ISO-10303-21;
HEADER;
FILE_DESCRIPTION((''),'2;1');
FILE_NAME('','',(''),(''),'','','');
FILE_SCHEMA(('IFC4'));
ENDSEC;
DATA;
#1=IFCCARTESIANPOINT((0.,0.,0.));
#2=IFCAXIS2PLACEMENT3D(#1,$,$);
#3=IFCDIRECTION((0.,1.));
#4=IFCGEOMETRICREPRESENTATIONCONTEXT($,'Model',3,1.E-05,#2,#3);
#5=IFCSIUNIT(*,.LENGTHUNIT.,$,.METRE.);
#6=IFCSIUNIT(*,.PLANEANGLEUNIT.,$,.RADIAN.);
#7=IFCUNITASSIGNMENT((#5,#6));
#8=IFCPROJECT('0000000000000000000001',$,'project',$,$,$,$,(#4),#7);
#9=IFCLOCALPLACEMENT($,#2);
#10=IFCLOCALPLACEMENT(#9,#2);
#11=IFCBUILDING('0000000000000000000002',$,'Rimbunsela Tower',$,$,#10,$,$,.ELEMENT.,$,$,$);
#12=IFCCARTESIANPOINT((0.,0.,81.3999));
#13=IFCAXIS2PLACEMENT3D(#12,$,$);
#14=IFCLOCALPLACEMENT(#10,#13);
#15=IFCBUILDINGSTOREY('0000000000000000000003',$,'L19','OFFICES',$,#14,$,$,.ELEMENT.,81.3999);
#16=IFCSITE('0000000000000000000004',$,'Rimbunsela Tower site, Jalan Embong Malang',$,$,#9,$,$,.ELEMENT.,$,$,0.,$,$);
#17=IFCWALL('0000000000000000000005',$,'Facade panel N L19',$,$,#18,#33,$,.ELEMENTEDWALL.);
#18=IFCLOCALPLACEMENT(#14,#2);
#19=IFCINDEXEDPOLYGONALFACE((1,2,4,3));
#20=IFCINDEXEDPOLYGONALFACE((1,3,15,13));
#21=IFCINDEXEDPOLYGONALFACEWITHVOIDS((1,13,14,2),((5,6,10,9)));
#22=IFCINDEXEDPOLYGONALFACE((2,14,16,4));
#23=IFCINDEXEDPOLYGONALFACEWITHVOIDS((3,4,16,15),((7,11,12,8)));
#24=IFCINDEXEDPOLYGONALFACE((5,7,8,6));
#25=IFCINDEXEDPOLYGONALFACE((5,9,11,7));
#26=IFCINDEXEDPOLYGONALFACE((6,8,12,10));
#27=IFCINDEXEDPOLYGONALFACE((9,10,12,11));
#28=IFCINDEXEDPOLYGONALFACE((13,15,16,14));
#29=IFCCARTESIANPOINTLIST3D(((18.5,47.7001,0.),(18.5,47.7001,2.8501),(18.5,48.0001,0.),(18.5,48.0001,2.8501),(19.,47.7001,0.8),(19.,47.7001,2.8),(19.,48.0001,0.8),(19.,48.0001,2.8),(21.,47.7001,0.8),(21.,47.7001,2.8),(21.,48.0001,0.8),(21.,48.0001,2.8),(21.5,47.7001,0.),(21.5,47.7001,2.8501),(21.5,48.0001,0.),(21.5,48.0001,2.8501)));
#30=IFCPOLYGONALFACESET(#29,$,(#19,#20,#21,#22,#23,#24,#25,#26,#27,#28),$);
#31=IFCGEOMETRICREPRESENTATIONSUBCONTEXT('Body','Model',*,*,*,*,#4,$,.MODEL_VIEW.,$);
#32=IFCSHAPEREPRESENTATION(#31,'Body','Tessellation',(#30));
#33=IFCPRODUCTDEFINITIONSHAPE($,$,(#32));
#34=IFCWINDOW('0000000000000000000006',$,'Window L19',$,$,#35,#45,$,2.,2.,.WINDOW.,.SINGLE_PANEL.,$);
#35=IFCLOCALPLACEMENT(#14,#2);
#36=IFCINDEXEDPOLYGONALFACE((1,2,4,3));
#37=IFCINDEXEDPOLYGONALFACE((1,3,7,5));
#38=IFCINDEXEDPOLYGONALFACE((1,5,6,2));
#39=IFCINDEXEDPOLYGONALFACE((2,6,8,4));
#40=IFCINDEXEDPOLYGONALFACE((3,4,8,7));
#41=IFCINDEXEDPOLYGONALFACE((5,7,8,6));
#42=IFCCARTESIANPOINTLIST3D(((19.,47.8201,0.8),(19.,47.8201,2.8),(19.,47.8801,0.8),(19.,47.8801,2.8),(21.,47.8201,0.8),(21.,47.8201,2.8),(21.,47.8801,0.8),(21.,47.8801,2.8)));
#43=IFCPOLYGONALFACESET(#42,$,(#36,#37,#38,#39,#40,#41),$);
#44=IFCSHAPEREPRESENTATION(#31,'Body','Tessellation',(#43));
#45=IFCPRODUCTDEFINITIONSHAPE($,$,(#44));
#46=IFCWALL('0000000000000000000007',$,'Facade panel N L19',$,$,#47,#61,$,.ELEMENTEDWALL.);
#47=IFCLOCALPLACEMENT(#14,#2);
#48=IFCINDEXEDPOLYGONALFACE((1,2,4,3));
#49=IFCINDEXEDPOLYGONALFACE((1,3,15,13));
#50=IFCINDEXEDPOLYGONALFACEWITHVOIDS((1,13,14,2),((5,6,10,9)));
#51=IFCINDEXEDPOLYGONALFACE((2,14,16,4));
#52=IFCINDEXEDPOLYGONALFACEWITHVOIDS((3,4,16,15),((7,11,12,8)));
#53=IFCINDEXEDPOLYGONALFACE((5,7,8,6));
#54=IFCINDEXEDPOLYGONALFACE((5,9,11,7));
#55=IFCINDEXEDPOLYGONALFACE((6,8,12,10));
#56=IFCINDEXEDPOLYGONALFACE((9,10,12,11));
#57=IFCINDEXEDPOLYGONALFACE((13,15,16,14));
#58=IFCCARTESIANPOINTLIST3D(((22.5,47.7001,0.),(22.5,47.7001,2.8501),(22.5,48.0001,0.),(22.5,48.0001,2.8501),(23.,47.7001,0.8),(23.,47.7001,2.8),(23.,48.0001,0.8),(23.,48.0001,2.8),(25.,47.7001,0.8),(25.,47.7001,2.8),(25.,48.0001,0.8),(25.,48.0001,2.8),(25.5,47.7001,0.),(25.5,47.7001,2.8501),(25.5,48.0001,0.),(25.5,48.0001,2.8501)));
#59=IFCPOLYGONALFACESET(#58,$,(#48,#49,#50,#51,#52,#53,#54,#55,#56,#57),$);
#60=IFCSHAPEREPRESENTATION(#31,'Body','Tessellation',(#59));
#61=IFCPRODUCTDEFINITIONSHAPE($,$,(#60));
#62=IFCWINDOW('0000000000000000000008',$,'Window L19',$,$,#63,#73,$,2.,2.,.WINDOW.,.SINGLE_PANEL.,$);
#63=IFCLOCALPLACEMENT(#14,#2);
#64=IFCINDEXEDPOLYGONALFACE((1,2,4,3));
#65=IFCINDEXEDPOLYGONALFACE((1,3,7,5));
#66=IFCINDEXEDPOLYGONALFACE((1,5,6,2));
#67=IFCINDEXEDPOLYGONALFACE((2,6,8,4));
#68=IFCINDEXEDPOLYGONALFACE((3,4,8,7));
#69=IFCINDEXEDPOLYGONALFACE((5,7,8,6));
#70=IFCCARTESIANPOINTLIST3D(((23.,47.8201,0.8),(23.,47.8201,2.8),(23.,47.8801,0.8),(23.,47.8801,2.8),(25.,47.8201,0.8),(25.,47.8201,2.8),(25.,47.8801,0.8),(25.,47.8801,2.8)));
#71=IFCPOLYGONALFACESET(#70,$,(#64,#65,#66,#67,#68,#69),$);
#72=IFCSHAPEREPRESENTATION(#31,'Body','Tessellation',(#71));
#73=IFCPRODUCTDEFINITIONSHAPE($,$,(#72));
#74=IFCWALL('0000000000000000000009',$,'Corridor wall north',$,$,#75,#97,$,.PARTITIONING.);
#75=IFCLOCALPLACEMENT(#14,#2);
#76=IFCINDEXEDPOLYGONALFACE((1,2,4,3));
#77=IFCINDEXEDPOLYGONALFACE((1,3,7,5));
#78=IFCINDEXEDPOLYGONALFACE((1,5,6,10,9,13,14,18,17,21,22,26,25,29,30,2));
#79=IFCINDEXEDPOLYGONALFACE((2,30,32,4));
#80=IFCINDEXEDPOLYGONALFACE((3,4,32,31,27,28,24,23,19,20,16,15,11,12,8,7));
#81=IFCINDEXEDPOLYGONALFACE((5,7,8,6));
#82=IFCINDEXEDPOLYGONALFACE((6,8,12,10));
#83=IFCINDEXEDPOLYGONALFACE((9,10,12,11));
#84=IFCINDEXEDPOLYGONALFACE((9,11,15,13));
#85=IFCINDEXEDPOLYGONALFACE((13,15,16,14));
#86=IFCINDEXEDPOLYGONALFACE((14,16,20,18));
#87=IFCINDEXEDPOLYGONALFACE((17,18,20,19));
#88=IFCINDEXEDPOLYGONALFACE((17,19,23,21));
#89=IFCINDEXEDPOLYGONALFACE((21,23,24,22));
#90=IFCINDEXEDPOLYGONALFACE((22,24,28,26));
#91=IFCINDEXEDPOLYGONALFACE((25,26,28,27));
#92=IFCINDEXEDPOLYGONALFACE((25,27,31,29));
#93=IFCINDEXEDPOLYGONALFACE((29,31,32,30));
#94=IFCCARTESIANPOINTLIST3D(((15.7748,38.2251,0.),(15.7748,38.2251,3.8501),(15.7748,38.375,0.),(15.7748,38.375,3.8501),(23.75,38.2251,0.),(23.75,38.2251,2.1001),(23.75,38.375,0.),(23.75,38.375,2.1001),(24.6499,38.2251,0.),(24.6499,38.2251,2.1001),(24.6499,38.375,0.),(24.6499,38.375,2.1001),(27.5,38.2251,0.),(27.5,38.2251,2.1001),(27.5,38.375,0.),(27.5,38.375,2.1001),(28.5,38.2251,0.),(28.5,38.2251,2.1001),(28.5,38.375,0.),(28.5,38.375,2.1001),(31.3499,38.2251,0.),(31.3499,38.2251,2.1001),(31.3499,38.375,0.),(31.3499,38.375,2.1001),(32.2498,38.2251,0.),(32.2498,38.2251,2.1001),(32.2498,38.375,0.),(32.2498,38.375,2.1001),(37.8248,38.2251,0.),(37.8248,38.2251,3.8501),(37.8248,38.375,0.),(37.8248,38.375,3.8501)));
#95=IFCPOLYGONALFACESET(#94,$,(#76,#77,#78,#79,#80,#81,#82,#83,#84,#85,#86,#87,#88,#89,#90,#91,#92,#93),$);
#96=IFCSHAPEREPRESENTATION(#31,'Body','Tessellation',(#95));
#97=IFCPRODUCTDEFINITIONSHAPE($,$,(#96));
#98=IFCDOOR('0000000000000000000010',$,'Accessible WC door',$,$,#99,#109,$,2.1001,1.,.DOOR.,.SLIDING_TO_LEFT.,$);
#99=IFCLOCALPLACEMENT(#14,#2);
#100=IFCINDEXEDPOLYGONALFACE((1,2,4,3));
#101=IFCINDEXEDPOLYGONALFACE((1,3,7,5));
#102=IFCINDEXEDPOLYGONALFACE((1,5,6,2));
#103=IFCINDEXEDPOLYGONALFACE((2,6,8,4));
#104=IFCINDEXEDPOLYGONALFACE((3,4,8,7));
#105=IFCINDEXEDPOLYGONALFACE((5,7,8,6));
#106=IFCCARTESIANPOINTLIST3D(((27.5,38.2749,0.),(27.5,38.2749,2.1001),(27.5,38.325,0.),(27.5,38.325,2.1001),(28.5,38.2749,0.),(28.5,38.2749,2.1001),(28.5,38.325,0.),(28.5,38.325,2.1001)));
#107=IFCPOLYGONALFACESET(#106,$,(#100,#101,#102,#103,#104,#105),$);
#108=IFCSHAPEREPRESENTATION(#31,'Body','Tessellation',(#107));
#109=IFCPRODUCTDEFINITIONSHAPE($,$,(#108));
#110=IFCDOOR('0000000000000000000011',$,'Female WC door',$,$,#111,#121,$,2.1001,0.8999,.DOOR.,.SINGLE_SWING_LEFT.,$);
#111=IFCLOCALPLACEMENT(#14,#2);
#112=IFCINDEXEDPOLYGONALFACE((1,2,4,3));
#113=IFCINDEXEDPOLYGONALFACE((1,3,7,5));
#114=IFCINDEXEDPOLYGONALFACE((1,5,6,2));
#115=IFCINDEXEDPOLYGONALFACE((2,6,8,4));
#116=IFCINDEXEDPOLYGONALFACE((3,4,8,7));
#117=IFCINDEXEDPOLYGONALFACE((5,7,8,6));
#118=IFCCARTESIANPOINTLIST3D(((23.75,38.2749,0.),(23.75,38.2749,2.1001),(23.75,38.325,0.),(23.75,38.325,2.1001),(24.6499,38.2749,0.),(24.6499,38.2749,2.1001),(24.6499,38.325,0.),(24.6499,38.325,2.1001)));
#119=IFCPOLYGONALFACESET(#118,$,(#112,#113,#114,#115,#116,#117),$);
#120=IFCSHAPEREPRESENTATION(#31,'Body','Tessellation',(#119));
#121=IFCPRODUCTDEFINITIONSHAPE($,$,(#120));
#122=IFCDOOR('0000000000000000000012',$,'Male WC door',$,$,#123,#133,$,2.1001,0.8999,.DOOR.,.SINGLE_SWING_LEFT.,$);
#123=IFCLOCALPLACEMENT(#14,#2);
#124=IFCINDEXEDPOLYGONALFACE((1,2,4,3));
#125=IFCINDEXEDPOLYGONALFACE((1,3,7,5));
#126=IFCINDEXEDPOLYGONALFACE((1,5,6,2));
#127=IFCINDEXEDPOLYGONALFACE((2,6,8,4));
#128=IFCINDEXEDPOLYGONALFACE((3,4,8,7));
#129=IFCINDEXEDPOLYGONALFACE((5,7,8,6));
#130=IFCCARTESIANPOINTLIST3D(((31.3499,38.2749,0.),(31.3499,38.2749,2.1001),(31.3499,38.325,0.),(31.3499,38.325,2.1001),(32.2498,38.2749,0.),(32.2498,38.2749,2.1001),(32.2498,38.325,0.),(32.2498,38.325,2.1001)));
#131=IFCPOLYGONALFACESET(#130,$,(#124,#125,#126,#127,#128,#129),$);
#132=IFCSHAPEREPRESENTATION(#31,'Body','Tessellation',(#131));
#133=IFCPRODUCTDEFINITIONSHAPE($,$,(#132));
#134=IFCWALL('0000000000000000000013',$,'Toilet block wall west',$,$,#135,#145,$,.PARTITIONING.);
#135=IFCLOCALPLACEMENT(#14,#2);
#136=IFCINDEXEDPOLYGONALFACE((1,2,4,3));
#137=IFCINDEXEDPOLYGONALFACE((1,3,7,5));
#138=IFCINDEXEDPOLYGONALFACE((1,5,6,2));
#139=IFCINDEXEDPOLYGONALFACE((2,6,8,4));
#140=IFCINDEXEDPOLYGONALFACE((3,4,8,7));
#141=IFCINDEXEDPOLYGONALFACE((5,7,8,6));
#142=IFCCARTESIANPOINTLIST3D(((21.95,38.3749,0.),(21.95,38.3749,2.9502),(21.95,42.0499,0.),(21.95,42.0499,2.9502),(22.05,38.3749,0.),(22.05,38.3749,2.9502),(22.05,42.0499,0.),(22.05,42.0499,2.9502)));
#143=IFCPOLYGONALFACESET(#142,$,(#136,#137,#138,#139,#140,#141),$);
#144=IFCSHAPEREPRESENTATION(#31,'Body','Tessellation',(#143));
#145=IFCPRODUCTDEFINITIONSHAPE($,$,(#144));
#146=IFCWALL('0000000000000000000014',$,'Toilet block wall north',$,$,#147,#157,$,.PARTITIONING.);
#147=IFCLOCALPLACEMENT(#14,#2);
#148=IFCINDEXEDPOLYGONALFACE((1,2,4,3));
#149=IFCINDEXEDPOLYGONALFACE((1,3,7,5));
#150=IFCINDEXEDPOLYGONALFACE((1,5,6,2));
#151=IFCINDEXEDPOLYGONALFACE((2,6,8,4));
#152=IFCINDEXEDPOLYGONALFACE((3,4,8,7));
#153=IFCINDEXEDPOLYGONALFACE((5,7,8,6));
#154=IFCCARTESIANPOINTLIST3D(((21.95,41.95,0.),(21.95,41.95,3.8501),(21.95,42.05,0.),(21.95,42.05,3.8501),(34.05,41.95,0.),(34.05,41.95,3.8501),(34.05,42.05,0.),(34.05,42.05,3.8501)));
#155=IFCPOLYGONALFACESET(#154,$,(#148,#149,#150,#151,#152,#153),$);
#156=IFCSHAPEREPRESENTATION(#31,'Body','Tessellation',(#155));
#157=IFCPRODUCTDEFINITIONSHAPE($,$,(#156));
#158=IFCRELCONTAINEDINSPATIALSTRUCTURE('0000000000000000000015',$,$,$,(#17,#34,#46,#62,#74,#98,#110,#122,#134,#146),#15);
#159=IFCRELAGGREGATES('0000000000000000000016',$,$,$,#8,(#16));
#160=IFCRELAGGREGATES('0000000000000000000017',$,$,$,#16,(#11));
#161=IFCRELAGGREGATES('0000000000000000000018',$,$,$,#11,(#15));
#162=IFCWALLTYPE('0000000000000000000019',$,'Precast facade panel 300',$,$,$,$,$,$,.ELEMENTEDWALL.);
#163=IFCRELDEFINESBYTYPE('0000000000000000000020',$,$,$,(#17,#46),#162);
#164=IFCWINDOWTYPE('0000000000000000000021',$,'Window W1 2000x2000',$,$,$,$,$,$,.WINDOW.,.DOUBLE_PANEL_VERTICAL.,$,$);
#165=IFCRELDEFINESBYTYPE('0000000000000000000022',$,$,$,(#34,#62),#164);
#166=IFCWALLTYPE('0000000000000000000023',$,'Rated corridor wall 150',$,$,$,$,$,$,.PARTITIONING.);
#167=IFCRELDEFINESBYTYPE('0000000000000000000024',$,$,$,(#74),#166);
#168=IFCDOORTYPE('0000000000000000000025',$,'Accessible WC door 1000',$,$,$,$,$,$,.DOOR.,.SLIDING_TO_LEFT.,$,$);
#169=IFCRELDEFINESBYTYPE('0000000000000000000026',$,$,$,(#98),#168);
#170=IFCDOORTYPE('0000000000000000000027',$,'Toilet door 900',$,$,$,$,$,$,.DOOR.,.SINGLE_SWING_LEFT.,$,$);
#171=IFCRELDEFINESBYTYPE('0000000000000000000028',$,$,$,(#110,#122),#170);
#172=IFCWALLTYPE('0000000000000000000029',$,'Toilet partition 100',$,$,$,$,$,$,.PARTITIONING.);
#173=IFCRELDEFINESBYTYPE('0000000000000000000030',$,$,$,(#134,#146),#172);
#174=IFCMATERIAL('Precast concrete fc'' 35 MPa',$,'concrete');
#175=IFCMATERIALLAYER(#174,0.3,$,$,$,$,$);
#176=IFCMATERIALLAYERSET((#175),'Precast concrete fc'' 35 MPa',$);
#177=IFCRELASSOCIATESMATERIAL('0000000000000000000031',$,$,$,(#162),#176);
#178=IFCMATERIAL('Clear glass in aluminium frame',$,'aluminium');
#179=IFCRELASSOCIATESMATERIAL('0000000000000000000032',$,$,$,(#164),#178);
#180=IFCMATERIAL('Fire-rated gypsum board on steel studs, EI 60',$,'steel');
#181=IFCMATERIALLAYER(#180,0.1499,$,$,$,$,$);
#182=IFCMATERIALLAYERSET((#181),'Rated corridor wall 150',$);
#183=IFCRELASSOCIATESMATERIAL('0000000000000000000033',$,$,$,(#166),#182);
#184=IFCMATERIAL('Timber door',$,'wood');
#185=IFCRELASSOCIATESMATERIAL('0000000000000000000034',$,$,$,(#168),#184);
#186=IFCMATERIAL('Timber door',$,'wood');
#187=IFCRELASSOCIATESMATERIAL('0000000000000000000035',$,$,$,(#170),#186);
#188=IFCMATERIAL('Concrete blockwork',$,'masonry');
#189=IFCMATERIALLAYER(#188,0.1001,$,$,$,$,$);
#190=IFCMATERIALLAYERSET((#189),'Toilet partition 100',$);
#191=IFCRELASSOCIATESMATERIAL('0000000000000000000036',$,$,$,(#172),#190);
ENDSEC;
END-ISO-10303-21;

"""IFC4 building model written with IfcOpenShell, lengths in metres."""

from ifc_helpers import new_model, si_unit, direction, frame, frame_2d, origin, place, context, subcontext, project, spatial, rectangle, extrude, material, layer, layer_set, type_object, element, fill, save


model = new_model("IFC4")

# Units and contexts
model_context = context("Model", 3, precision=1e-05, world=origin(), true_north=direction((0.0, 1.0)))
body_context = subcontext(model_context, "Body", "Model", "MODEL_VIEW")
ifc_project = project(units=[si_unit("LENGTHUNIT", "METRE"), si_unit("PLANEANGLEUNIT", "RADIAN")], contexts=[model_context])

# Site, building, storey
site_placement = place(None, origin())
site = spatial("IfcSite", under=ifc_project, at=site_placement, Name="Rimbunsela Tower site, Jalan Embong Malang", CompositionType="ELEMENT", RefElevation=0.0)
building_placement = place(site_placement, origin())
building = spatial("IfcBuilding", under=site, at=building_placement, Name="Rimbunsela Tower", CompositionType="ELEMENT")
storey_placement = place(building_placement, frame((0.0, 0.0, 81.3999)))
storey = spatial("IfcBuildingStorey", under=building, at=storey_placement, Name="L19", Description="OFFICES", CompositionType="ELEMENT", Elevation=81.3999)

# Walls, openings, windows
ifc_material_1 = material(Name="Precast concrete fc' 35 MPa", Category="concrete")
ifc_layer_1 = layer(ifc_material_1, 0.3)
ifc_layer_set_1 = layer_set([ifc_layer_1], Name="Precast concrete fc' 35 MPa")
wall_type_1 = type_object("IfcWallType", Name="Precast facade panel 300", PredefinedType="ELEMENTEDWALL", material=ifc_layer_set_1)
ifc_material_2 = material(Name="Clear glass in aluminium frame", Category="aluminium")
window_type = type_object("IfcWindowType", Name="Window W1 2000x2000", PartitioningType="DOUBLE_PANEL_VERTICAL", PredefinedType="WINDOW", material=ifc_material_2)
wall_1_placement = place(storey_placement, frame((21.5, 47.8501, 0.0), z_axis=(0.0, 0.0, 1.0), x_axis=(-1.0, 0.0, 0.0)))
wall_1 = element("IfcWall", 1, at=wall_1_placement, inside=storey, type_object=wall_type_1, Name="Facade panel N L19", PredefinedType="ELEMENTEDWALL", context=body_context, shape_type="SweptSolid", body=[
    extrude(rectangle(XDim=3.0, YDim=0.3, at=frame_2d((1.5, 0.0))), origin(), (0.0, 0.0, 1.0), 2.8501),
])
opening_1_placement = place(wall_1_placement, frame((0.5, 0.0, 0.8)))
opening_1 = element("IfcOpeningElement", 2, at=opening_1_placement, cuts=wall_1, PredefinedType="OPENING", context=body_context, shape_type="SweptSolid", body=[
    extrude(rectangle(XDim=2.0, YDim=2.0, at=frame_2d((1.0, 1.0))), frame((0.0, 0.1599, 0.0), z_axis=(0.0, -1.0, 0.0), x_axis=(1.0, 0.0, 0.0)), (0.0, 0.0, 1.0), 0.3201),
])
window_1_placement = place(opening_1_placement, origin())
window_1 = element("IfcWindow", 3, at=window_1_placement, inside=storey, type_object=window_type, Name="Window L19", OverallHeight=2.0, OverallWidth=2.0, PartitioningType="SINGLE_PANEL", PredefinedType="WINDOW", context=body_context, shape_type="SweptSolid", body=[
    extrude(rectangle(XDim=2.0, YDim=2.0, at=frame_2d((1.0, 1.0))), frame((0.0, 0.03, 0.0), z_axis=(0.0, -1.0, 0.0), x_axis=(1.0, 0.0, 0.0)), (0.0, 0.0, 1.0), 0.0601),
])
fill(opening_1, window_1)
wall_2_placement = place(storey_placement, frame((25.5, 47.8501, 0.0), z_axis=(0.0, 0.0, 1.0), x_axis=(-1.0, 0.0, 0.0)))
wall_2 = element("IfcWall", 4, at=wall_2_placement, inside=storey, type_object=wall_type_1, Name="Facade panel N L19", PredefinedType="ELEMENTEDWALL", context=body_context, shape_type="SweptSolid", body=[
    extrude(rectangle(XDim=3.0, YDim=0.3, at=frame_2d((1.5, 0.0))), origin(), (0.0, 0.0, 1.0), 2.8501),
])
opening_2_placement = place(wall_2_placement, frame((0.5, 0.0, 0.8)))
opening_2 = element("IfcOpeningElement", 5, at=opening_2_placement, cuts=wall_2, PredefinedType="OPENING", context=body_context, shape_type="SweptSolid", body=[
    extrude(rectangle(XDim=2.0, YDim=2.0, at=frame_2d((1.0, 1.0))), frame((0.0, 0.1599, 0.0), z_axis=(0.0, -1.0, 0.0), x_axis=(1.0, 0.0, 0.0)), (0.0, 0.0, 1.0), 0.3201),
])
window_2_placement = place(opening_2_placement, origin())
window_2 = element("IfcWindow", 6, at=window_2_placement, inside=storey, type_object=window_type, Name="Window L19", OverallHeight=2.0, OverallWidth=2.0, PartitioningType="SINGLE_PANEL", PredefinedType="WINDOW", context=body_context, shape_type="SweptSolid", body=[
    extrude(rectangle(XDim=2.0, YDim=2.0, at=frame_2d((1.0, 1.0))), frame((0.0, 0.03, 0.0), z_axis=(0.0, -1.0, 0.0), x_axis=(1.0, 0.0, 0.0)), (0.0, 0.0, 1.0), 0.0601),
])
fill(opening_2, window_2)

# Wall, openings, doors
ifc_material_3 = material(Name="Fire-rated gypsum board on steel studs, EI 60", Category="steel")
ifc_layer_2 = layer(ifc_material_3, 0.1499)
ifc_layer_set_2 = layer_set([ifc_layer_2], Name="Rated corridor wall 150")
wall_type_2 = type_object("IfcWallType", Name="Rated corridor wall 150", PredefinedType="PARTITIONING", material=ifc_layer_set_2)
wall_3_placement = place(storey_placement, frame((15.7749, 38.3, 0.0), z_axis=(0.0, 0.0, 1.0), x_axis=(1.0, 0.0, 0.0)))
wall_3 = element("IfcWall", 7, at=wall_3_placement, inside=storey, type_object=wall_type_2, Name="Corridor wall north", PredefinedType="PARTITIONING", context=body_context, shape_type="SweptSolid", body=[
    extrude(rectangle(XDim=22.05, YDim=0.1499, at=frame_2d((11.0249, 0.0))), origin(), (0.0, 0.0, 1.0), 3.8501),
])
opening_3_placement = place(wall_3_placement, frame((7.9751, 0.0, 0.0)))
opening_3 = element("IfcOpeningElement", 8, at=opening_3_placement, cuts=wall_3, PredefinedType="OPENING", context=body_context, shape_type="SweptSolid", body=[
    extrude(rectangle(XDim=0.8999, YDim=2.1001, at=frame_2d((0.45, 1.05))), frame((0.0, 0.085, 0.0), z_axis=(0.0, -1.0, 0.0), x_axis=(1.0, 0.0, 0.0)), (0.0, 0.0, 1.0), 0.1699),
])
opening_4_placement = place(wall_3_placement, frame((11.7251, 0.0, 0.0)))
opening_4 = element("IfcOpeningElement", 9, at=opening_4_placement, cuts=wall_3, PredefinedType="OPENING", context=body_context, shape_type="SweptSolid", body=[
    extrude(rectangle(XDim=1.0, YDim=2.1001, at=frame_2d((0.5, 1.05))), frame((0.0, 0.085, 0.0), z_axis=(0.0, -1.0, 0.0), x_axis=(1.0, 0.0, 0.0)), (0.0, 0.0, 1.0), 0.1699),
])
opening_5_placement = place(wall_3_placement, frame((15.575, 0.0, 0.0)))
opening_5 = element("IfcOpeningElement", 10, at=opening_5_placement, cuts=wall_3, PredefinedType="OPENING", context=body_context, shape_type="SweptSolid", body=[
    extrude(rectangle(XDim=0.8999, YDim=2.1001, at=frame_2d((0.45, 1.05))), frame((0.0, 0.085, 0.0), z_axis=(0.0, -1.0, 0.0), x_axis=(1.0, 0.0, 0.0)), (0.0, 0.0, 1.0), 0.1699),
])
ifc_material_4 = material(Name="Timber door", Category="wood")
door_type_1 = type_object("IfcDoorType", Name="Accessible WC door 1000", OperationType="SLIDING_TO_LEFT", PredefinedType="DOOR", material=ifc_material_4)
door_1_placement = place(opening_4_placement, origin())
door_1 = element("IfcDoor", 11, at=door_1_placement, inside=storey, type_object=door_type_1, Name="Accessible WC door", OperationType="SLIDING_TO_LEFT", OverallHeight=2.1001, OverallWidth=1.0, PredefinedType="DOOR", context=body_context, shape_type="SweptSolid", body=[
    extrude(rectangle(XDim=1.0, YDim=2.1001, at=frame_2d((0.5, 1.05))), frame((0.0, 0.0249, 0.0), z_axis=(0.0, -1.0, 0.0), x_axis=(1.0, 0.0, 0.0)), (0.0, 0.0, 1.0), 0.05),
])
fill(opening_4, door_1)
ifc_material_5 = material(Name="Timber door", Category="wood")
door_type_2 = type_object("IfcDoorType", Name="Toilet door 900", OperationType="SINGLE_SWING_LEFT", PredefinedType="DOOR", material=ifc_material_5)
door_2_placement = place(opening_3_placement, origin())
door_2 = element("IfcDoor", 12, at=door_2_placement, inside=storey, type_object=door_type_2, Name="Female WC door", OperationType="SINGLE_SWING_LEFT", OverallHeight=2.1001, OverallWidth=0.8999, PredefinedType="DOOR", context=body_context, shape_type="SweptSolid", body=[
    extrude(rectangle(XDim=0.8999, YDim=2.1001, at=frame_2d((0.45, 1.05))), frame((0.0, 0.0249, 0.0), z_axis=(0.0, -1.0, 0.0), x_axis=(1.0, 0.0, 0.0)), (0.0, 0.0, 1.0), 0.05),
])
fill(opening_3, door_2)
door_3_placement = place(opening_5_placement, origin())
door_3 = element("IfcDoor", 13, at=door_3_placement, inside=storey, type_object=door_type_2, Name="Male WC door", OperationType="SINGLE_SWING_LEFT", OverallHeight=2.1001, OverallWidth=0.8999, PredefinedType="DOOR", context=body_context, shape_type="SweptSolid", body=[
    extrude(rectangle(XDim=0.8999, YDim=2.1001, at=frame_2d((0.45, 1.05))), frame((0.0, 0.0249, 0.0), z_axis=(0.0, -1.0, 0.0), x_axis=(1.0, 0.0, 0.0)), (0.0, 0.0, 1.0), 0.05),
])
fill(opening_5, door_3)

# Walls
ifc_material_6 = material(Name="Concrete blockwork", Category="masonry")
ifc_layer_3 = layer(ifc_material_6, 0.1001)
ifc_layer_set_3 = layer_set([ifc_layer_3], Name="Toilet partition 100")
wall_type_3 = type_object("IfcWallType", Name="Toilet partition 100", PredefinedType="PARTITIONING", material=ifc_layer_set_3)
wall_4_placement = place(storey_placement, frame((22.0, 38.375, 0.0), z_axis=(0.0, 0.0, 1.0), x_axis=(0.0, 1.0, 0.0)))
element("IfcWall", 14, at=wall_4_placement, inside=storey, type_object=wall_type_3, Name="Toilet block wall west", PredefinedType="PARTITIONING", context=body_context, shape_type="SweptSolid", body=[
    extrude(rectangle(XDim=3.675, YDim=0.1001, at=frame_2d((1.8374, 0.0))), origin(), (0.0, 0.0, 1.0), 2.9502),
])
wall_5_placement = place(storey_placement, frame((21.95, 42.0, 0.0), z_axis=(0.0, 0.0, 1.0), x_axis=(1.0, 0.0, 0.0)))
element("IfcWall", 15, at=wall_5_placement, inside=storey, type_object=wall_type_3, Name="Toilet block wall north", PredefinedType="PARTITIONING", context=body_context, shape_type="SweptSolid", body=[
    extrude(rectangle(XDim=12.1001, YDim=0.1001, at=frame_2d((6.05, 0.0))), origin(), (0.0, 0.0, 1.0), 3.8501),
])

save(model, "model.ifc")
